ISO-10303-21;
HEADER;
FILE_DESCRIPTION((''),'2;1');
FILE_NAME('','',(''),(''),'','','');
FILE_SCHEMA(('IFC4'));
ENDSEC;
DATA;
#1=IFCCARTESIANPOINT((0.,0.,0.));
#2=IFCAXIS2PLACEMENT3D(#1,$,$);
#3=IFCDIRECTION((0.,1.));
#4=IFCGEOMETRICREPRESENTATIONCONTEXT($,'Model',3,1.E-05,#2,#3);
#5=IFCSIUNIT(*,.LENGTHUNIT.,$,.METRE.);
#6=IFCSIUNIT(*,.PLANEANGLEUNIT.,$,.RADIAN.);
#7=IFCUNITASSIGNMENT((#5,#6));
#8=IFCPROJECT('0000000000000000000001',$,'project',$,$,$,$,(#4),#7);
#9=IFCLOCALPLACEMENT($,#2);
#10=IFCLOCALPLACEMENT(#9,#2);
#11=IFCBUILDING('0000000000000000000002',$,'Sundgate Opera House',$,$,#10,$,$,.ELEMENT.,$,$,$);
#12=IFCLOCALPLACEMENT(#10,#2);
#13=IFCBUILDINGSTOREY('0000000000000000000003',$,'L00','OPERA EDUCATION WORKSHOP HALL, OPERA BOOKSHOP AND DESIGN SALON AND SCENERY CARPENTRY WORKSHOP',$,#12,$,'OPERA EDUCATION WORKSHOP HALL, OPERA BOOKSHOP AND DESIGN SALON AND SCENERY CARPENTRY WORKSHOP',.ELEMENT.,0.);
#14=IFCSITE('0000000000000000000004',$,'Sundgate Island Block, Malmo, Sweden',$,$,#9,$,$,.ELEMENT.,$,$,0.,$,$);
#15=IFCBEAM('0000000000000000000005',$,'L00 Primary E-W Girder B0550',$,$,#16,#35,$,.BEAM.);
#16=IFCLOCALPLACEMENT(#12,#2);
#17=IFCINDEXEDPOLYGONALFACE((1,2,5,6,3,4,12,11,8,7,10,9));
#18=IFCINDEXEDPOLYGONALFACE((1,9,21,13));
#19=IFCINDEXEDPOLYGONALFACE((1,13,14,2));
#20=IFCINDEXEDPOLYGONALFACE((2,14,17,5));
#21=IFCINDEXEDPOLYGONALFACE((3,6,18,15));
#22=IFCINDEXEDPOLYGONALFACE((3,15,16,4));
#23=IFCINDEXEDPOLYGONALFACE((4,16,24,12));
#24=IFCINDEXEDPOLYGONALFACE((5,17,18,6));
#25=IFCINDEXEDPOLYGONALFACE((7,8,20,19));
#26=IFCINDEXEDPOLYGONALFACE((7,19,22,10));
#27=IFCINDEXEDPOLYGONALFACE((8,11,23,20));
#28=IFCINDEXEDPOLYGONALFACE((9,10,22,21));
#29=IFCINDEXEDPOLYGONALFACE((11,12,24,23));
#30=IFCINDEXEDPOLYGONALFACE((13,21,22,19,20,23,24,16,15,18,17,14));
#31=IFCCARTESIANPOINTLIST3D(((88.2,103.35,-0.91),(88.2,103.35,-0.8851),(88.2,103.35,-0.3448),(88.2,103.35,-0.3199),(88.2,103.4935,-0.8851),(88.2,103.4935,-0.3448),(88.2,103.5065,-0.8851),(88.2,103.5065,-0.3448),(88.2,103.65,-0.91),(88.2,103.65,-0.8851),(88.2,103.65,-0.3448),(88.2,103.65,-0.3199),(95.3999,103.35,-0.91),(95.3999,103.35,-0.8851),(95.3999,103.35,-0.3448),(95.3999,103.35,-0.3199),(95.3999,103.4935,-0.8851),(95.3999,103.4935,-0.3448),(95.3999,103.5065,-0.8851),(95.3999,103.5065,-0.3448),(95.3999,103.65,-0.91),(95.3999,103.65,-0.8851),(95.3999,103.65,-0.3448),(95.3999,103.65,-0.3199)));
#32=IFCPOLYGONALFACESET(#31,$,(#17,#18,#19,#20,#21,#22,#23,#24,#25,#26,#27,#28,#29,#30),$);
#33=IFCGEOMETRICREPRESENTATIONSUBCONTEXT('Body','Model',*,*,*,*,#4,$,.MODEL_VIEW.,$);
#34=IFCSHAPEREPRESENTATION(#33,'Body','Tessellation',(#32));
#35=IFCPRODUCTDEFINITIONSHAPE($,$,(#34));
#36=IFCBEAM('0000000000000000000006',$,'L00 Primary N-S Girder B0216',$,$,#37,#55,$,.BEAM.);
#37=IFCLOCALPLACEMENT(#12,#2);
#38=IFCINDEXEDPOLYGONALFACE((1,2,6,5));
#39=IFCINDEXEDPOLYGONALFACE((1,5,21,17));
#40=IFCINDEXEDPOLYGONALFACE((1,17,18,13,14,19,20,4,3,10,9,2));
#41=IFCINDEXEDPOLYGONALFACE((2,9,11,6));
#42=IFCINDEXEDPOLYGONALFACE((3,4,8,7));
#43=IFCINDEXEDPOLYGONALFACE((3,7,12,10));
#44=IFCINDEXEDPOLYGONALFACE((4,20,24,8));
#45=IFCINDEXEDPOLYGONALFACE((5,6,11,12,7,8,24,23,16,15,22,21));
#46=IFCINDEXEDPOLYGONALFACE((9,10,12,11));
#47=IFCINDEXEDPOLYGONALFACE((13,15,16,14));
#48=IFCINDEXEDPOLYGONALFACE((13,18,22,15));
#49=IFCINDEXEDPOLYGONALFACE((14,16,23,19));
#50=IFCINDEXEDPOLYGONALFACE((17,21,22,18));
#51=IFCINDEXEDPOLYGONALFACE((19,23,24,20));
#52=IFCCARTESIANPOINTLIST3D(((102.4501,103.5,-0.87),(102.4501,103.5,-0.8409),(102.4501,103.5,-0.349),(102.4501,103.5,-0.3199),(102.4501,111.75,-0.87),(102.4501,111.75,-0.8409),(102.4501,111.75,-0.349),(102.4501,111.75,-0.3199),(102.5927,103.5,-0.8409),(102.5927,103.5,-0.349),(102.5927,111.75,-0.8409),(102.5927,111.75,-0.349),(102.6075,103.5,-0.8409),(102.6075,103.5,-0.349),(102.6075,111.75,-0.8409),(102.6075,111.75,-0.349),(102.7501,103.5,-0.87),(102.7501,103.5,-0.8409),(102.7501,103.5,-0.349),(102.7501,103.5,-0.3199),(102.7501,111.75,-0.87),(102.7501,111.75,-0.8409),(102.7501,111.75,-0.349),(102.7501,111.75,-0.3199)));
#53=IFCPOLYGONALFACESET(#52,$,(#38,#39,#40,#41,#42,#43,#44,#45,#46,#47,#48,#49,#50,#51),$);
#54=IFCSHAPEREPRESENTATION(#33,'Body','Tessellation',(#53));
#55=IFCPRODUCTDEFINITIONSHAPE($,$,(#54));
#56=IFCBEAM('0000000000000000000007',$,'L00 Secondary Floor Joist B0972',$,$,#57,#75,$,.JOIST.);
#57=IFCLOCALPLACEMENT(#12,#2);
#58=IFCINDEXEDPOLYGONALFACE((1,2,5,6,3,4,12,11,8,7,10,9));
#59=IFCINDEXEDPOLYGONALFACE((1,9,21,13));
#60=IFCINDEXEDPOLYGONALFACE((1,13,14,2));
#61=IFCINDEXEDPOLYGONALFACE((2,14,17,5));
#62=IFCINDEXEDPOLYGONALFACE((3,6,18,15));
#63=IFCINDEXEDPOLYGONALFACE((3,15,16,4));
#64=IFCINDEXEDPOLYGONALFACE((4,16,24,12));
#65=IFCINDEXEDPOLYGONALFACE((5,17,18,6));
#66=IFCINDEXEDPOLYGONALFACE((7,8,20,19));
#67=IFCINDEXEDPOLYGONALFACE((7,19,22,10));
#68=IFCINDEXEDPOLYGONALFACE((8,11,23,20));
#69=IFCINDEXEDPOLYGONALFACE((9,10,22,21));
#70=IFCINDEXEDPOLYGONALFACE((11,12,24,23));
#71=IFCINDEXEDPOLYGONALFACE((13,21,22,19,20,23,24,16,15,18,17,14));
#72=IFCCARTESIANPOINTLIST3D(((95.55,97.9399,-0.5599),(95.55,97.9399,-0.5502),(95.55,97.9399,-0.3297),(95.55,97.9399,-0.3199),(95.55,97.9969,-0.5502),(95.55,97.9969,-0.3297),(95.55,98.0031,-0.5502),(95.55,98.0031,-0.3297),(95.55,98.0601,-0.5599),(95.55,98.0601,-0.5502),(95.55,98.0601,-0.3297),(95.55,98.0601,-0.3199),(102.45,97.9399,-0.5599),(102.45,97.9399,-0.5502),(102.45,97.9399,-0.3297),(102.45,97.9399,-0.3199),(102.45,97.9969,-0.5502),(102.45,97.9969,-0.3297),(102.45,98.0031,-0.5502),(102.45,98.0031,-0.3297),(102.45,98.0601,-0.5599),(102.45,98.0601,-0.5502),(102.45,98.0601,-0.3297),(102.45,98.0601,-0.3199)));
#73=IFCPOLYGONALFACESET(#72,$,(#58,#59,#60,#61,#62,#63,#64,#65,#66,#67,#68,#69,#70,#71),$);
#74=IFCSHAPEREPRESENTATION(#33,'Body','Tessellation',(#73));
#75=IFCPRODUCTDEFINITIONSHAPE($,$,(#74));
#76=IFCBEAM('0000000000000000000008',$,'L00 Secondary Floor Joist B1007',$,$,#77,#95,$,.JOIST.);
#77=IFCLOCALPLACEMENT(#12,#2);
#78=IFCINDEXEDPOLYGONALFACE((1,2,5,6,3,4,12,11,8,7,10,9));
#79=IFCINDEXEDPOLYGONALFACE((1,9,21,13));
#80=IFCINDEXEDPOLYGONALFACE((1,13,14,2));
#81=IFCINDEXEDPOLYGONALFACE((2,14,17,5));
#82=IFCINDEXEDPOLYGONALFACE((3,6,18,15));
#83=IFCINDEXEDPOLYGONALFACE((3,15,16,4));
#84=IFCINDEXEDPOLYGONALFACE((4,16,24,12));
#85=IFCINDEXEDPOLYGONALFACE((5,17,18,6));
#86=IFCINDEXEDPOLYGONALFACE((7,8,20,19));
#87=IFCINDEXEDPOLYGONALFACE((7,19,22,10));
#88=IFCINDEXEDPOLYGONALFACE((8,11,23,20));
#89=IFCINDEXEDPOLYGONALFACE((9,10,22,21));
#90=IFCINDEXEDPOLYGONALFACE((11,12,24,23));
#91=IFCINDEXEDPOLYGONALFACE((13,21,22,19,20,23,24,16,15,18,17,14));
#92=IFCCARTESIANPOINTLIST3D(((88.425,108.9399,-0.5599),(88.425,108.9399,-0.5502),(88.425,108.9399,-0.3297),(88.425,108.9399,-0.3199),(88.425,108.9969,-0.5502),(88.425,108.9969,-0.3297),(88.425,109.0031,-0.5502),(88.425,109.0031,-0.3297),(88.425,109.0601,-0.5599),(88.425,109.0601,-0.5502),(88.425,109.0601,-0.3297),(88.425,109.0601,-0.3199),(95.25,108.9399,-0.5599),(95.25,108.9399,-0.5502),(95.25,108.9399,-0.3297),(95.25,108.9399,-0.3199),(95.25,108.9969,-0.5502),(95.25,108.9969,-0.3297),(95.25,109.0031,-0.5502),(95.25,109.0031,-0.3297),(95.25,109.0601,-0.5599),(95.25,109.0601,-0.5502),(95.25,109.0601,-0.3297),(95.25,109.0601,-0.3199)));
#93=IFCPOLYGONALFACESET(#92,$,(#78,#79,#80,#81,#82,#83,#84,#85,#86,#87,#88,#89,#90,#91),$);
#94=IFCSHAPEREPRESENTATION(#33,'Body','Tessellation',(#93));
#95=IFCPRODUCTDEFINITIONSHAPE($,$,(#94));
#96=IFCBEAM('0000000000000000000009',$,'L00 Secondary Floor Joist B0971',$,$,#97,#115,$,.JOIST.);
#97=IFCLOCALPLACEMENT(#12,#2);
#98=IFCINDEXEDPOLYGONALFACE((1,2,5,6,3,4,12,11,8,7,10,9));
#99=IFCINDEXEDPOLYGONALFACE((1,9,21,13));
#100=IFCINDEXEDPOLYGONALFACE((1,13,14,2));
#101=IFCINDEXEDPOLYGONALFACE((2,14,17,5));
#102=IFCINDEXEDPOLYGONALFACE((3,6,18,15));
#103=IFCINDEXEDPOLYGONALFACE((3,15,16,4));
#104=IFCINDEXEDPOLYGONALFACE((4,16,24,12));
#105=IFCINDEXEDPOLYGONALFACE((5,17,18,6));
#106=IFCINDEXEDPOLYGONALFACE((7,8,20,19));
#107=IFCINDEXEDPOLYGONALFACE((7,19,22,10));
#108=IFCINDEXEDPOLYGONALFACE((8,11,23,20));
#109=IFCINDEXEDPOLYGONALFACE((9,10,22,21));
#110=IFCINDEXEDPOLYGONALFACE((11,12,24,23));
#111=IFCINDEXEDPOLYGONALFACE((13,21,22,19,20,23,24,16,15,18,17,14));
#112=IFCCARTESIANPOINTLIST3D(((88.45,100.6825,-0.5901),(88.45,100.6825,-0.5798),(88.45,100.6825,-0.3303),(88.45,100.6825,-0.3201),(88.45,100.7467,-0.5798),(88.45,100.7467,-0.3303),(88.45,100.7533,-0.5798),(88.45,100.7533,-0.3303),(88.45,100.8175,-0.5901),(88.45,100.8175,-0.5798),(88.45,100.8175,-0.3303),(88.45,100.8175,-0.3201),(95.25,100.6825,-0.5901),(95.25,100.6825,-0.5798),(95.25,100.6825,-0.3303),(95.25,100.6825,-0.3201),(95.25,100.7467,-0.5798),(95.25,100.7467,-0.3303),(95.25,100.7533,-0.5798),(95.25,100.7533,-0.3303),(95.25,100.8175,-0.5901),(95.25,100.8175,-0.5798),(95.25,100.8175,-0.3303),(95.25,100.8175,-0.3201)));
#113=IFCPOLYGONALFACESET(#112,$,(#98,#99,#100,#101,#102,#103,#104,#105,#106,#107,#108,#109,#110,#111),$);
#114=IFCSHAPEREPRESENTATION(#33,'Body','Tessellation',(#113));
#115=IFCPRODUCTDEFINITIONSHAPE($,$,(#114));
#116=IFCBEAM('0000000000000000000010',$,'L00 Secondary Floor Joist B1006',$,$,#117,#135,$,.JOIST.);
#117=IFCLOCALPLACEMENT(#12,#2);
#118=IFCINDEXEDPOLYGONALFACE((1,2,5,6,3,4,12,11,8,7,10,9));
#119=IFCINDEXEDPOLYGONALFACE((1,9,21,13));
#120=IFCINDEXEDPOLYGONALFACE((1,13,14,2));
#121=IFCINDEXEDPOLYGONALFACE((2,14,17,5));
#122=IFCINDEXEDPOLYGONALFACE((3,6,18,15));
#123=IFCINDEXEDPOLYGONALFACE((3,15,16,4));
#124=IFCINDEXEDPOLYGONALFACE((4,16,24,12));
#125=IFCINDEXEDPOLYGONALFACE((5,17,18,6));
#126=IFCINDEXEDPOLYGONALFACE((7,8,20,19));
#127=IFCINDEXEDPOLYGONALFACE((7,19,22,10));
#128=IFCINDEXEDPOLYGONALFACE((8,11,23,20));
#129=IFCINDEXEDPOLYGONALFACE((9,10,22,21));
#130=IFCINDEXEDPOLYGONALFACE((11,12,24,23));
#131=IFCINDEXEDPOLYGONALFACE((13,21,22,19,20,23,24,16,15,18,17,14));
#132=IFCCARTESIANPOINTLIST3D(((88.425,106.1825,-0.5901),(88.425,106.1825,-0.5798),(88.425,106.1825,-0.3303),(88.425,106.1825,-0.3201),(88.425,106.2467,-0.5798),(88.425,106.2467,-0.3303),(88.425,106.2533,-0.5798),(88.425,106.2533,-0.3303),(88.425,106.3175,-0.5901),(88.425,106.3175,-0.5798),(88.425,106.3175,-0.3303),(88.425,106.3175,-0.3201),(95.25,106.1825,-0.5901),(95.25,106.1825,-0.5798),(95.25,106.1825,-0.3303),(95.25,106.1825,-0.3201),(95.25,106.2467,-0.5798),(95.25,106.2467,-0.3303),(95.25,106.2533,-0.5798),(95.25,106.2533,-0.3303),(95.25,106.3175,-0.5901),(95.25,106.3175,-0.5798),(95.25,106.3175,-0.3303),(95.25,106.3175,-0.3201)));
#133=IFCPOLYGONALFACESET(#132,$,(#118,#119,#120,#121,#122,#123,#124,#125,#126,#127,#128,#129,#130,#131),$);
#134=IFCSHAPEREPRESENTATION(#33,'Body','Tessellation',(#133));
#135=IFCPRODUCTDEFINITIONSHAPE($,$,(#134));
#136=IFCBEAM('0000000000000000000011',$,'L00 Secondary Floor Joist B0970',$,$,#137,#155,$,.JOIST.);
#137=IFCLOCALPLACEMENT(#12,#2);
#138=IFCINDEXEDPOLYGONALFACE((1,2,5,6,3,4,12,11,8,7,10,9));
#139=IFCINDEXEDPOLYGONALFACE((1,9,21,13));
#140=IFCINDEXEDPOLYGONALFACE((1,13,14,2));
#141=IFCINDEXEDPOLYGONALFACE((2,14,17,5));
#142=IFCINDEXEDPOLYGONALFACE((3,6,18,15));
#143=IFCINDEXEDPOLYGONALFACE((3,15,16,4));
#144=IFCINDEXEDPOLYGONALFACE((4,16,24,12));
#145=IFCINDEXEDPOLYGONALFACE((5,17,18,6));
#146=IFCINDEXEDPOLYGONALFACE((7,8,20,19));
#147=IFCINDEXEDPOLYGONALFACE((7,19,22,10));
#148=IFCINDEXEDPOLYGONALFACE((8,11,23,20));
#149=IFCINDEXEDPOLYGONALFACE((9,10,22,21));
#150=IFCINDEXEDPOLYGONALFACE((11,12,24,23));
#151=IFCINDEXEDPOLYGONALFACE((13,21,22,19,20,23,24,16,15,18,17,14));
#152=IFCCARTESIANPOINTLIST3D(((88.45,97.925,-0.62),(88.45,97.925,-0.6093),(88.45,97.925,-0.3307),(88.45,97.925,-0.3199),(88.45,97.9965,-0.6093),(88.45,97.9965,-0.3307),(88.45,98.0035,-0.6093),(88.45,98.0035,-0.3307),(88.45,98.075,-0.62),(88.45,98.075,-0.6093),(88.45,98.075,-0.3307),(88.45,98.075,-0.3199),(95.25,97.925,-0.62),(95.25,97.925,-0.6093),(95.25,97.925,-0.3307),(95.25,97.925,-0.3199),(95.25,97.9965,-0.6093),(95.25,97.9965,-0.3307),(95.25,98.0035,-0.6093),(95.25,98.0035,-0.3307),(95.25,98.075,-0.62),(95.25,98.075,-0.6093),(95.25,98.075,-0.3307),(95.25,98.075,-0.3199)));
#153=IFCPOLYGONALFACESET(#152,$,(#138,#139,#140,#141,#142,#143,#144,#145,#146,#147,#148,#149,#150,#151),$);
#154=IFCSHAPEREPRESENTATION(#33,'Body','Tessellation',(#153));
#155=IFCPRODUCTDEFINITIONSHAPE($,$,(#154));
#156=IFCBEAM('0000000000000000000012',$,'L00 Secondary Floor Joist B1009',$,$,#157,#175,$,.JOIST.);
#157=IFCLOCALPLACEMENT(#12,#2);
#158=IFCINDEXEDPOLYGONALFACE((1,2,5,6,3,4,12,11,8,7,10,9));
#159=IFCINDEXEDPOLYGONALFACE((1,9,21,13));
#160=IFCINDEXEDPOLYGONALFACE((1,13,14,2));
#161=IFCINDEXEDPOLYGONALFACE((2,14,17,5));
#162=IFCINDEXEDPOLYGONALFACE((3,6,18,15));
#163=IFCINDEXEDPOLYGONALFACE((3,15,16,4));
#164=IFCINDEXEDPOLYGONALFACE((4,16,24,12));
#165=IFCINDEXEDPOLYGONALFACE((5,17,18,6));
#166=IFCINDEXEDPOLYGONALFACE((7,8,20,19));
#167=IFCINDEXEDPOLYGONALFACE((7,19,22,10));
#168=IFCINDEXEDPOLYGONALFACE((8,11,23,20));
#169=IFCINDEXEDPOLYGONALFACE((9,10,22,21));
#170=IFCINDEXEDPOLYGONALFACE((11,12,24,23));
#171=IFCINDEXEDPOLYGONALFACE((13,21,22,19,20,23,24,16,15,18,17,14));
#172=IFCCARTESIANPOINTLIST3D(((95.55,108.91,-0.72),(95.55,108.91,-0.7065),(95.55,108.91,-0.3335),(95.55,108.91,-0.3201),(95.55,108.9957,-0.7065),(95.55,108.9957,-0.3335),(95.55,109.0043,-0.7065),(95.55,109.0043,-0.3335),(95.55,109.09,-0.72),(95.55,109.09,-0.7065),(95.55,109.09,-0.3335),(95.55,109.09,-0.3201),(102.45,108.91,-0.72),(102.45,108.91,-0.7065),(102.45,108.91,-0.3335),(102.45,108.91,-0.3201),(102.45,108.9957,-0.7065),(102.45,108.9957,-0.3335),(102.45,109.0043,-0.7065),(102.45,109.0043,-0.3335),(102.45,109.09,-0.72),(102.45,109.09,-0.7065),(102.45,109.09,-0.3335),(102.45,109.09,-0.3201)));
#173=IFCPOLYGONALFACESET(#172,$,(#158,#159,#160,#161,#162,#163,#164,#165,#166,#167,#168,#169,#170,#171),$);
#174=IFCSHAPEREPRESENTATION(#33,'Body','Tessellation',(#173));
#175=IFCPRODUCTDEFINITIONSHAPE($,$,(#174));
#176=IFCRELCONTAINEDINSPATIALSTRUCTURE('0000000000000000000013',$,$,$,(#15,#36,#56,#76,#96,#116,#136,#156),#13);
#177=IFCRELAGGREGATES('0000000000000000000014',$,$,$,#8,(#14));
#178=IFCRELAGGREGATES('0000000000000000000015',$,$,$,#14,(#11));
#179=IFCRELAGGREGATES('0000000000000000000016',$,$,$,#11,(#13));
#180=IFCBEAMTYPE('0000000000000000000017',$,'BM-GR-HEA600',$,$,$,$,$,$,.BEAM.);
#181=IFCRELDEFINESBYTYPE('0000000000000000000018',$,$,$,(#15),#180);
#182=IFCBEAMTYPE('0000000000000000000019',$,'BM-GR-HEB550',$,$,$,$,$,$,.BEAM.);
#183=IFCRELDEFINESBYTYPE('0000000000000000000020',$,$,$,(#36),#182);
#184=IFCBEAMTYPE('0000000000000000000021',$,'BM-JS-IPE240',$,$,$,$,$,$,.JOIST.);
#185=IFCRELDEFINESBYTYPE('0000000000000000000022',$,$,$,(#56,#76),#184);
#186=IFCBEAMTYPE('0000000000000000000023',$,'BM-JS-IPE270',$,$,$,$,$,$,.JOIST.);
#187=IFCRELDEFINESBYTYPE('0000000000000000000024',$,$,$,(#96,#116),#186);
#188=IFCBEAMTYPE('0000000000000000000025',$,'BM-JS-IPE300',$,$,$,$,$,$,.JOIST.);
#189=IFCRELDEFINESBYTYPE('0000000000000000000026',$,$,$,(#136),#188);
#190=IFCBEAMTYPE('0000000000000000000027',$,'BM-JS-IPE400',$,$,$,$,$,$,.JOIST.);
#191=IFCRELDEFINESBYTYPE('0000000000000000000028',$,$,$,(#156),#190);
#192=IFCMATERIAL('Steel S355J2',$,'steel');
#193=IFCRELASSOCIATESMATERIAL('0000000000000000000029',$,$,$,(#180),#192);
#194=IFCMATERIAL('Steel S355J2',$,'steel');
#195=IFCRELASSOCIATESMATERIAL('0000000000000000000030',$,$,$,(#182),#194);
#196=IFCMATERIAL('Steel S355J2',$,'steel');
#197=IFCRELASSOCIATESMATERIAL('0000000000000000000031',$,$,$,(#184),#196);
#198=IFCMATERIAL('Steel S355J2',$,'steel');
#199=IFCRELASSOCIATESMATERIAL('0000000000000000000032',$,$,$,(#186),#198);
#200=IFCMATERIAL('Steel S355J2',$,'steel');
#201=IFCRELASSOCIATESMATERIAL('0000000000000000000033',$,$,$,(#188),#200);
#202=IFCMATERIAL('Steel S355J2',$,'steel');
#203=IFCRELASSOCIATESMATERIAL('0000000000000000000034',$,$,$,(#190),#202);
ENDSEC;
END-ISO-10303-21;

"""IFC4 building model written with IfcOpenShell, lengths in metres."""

from ifc_helpers import new_model, si_unit, direction, frame, origin, origin_2d, place, context, subcontext, project, spatial, i_section, extrude, material, material_profile, profile_set, type_object, element, save


model = new_model("IFC4")

# Units and contexts
model_context = context("Model", 3, precision=1e-05, world=origin(), true_north=direction((0.0, 1.0)))
body_context = subcontext(model_context, "Body", "Model", "MODEL_VIEW")
ifc_project = project(units=[si_unit("LENGTHUNIT", "METRE"), si_unit("PLANEANGLEUNIT", "RADIAN")], contexts=[model_context])

# Site, building, storey
site_placement = place(None, origin())
site = spatial("IfcSite", under=ifc_project, at=site_placement, Name="Sundgate Island Block, Malmo, Sweden", CompositionType="ELEMENT", RefElevation=0.0)
building_placement = place(site_placement, origin())
building = spatial("IfcBuilding", under=site, at=building_placement, Name="Sundgate Opera House", CompositionType="ELEMENT")
storey_placement = place(building_placement, origin())
storey = spatial("IfcBuildingStorey", under=building, at=storey_placement, Name="L00", Description="OPERA EDUCATION WORKSHOP HALL, OPERA BOOKSHOP AND DESIGN SALON AND SCENERY CARPENTRY WORKSHOP", LongName="OPERA EDUCATION WORKSHOP HALL, OPERA BOOKSHOP AND DESIGN SALON AND SCENERY CARPENTRY WORKSHOP", CompositionType="ELEMENT", Elevation=0.0)

# Beams
ifc_material_1 = material(Name="Steel S355J2", Category="steel")
ifc_material_profile_1 = material_profile(ifc_material_1, i_section(OverallWidth=0.3, OverallDepth=0.5901, WebThickness=0.0129, FlangeThickness=0.0249, at=origin_2d()), Name="HEA 600")
ifc_profile_set_1 = profile_set([ifc_material_profile_1], Name="Steel S355J2")
beam_type_1 = type_object("IfcBeamType", Name="BM-GR-HEA600", PredefinedType="BEAM", material=ifc_profile_set_1)
beam_1_placement = place(storey_placement, frame((88.2, 103.5, -0.615), z_axis=(1.0, 0.0, 0.0), x_axis=(0.0, 1.0, 0.0)))
element("IfcBeam", 1, at=beam_1_placement, inside=storey, type_object=beam_type_1, Name="L00 Primary E-W Girder B0550", PredefinedType="BEAM", context=body_context, shape_type="SweptSolid", body=[
    extrude(i_section(OverallWidth=0.3, OverallDepth=0.5901, WebThickness=0.0129, FlangeThickness=0.0249, at=origin_2d()), origin(), (0.0, 0.0, 1.0), 7.2),
])
ifc_material_2 = material(Name="Steel S355J2", Category="steel")
ifc_material_profile_2 = material_profile(ifc_material_2, i_section(OverallWidth=0.3, OverallDepth=0.55, WebThickness=0.0149, FlangeThickness=0.0291, at=origin_2d()), Name="HEB 550")
ifc_profile_set_2 = profile_set([ifc_material_profile_2], Name="Steel S355J2")
beam_type_2 = type_object("IfcBeamType", Name="BM-GR-HEB550", PredefinedType="BEAM", material=ifc_profile_set_2)
beam_2_placement = place(storey_placement, frame((102.6001, 103.5, -0.595), z_axis=(0.0, 1.0, 0.0), x_axis=(-1.0, 0.0, 0.0)))
element("IfcBeam", 2, at=beam_2_placement, inside=storey, type_object=beam_type_2, Name="L00 Primary N-S Girder B0216", PredefinedType="BEAM", context=body_context, shape_type="SweptSolid", body=[
    extrude(i_section(OverallWidth=0.3, OverallDepth=0.55, WebThickness=0.0149, FlangeThickness=0.0291, at=origin_2d()), origin(), (0.0, 0.0, 1.0), 8.25),
])
ifc_material_3 = material(Name="Steel S355J2", Category="steel")
ifc_material_profile_3 = material_profile(ifc_material_3, i_section(OverallWidth=0.1201, OverallDepth=0.24, WebThickness=0.0061, FlangeThickness=0.0098, at=origin_2d()), Name="IPE 240")
ifc_profile_set_3 = profile_set([ifc_material_profile_3], Name="Steel S355J2")
beam_type_3 = type_object("IfcBeamType", Name="BM-JS-IPE240", PredefinedType="JOIST", material=ifc_profile_set_3)
beam_3_placement = place(storey_placement, frame((95.55, 98.0, -0.4399), z_axis=(1.0, 0.0, 0.0), x_axis=(0.0, 1.0, 0.0)))
element("IfcBeam", 3, at=beam_3_placement, inside=storey, type_object=beam_type_3, Name="L00 Secondary Floor Joist B0972", PredefinedType="JOIST", context=body_context, shape_type="SweptSolid", body=[
    extrude(i_section(OverallWidth=0.1201, OverallDepth=0.24, WebThickness=0.0061, FlangeThickness=0.0098, at=origin_2d()), origin(), (0.0, 0.0, 1.0), 6.8999),
])
beam_4_placement = place(storey_placement, frame((88.425, 109.0, -0.4399), z_axis=(1.0, 0.0, 0.0), x_axis=(0.0, 1.0, 0.0)))
element("IfcBeam", 4, at=beam_4_placement, inside=storey, type_object=beam_type_3, Name="L00 Secondary Floor Joist B1007", PredefinedType="JOIST", context=body_context, shape_type="SweptSolid", body=[
    extrude(i_section(OverallWidth=0.1201, OverallDepth=0.24, WebThickness=0.0061, FlangeThickness=0.0098, at=origin_2d()), origin(), (0.0, 0.0, 1.0), 6.825),
])
ifc_material_4 = material(Name="Steel S355J2", Category="steel")
ifc_material_profile_4 = material_profile(ifc_material_4, i_section(OverallWidth=0.135, OverallDepth=0.27, WebThickness=0.0066, FlangeThickness=0.0103, at=origin_2d()), Name="IPE 270")
ifc_profile_set_4 = profile_set([ifc_material_profile_4], Name="Steel S355J2")
beam_type_4 = type_object("IfcBeamType", Name="BM-JS-IPE270", PredefinedType="JOIST", material=ifc_profile_set_4)
beam_5_placement = place(storey_placement, frame((88.45, 100.75, -0.4551), z_axis=(1.0, 0.0, 0.0), x_axis=(0.0, 1.0, 0.0)))
element("IfcBeam", 5, at=beam_5_placement, inside=storey, type_object=beam_type_4, Name="L00 Secondary Floor Joist B0971", PredefinedType="JOIST", context=body_context, shape_type="SweptSolid", body=[
    extrude(i_section(OverallWidth=0.135, OverallDepth=0.27, WebThickness=0.0066, FlangeThickness=0.0103, at=origin_2d()), origin(), (0.0, 0.0, 1.0), 6.8),
])
beam_6_placement = place(storey_placement, frame((88.425, 106.25, -0.4551), z_axis=(1.0, 0.0, 0.0), x_axis=(0.0, 1.0, 0.0)))
element("IfcBeam", 6, at=beam_6_placement, inside=storey, type_object=beam_type_4, Name="L00 Secondary Floor Joist B1006", PredefinedType="JOIST", context=body_context, shape_type="SweptSolid", body=[
    extrude(i_section(OverallWidth=0.135, OverallDepth=0.27, WebThickness=0.0066, FlangeThickness=0.0103, at=origin_2d()), origin(), (0.0, 0.0, 1.0), 6.825),
])
ifc_material_5 = material(Name="Steel S355J2", Category="steel")
ifc_material_profile_5 = material_profile(ifc_material_5, i_section(OverallWidth=0.1499, OverallDepth=0.3, WebThickness=0.0071, FlangeThickness=0.0107, at=origin_2d()), Name="IPE 300")
ifc_profile_set_5 = profile_set([ifc_material_profile_5], Name="Steel S355J2")
beam_type_5 = type_object("IfcBeamType", Name="BM-JS-IPE300", PredefinedType="JOIST", material=ifc_profile_set_5)
beam_7_placement = place(storey_placement, frame((88.45, 98.0, -0.47), z_axis=(1.0, 0.0, 0.0), x_axis=(0.0, 1.0, 0.0)))
element("IfcBeam", 7, at=beam_7_placement, inside=storey, type_object=beam_type_5, Name="L00 Secondary Floor Joist B0970", PredefinedType="JOIST", context=body_context, shape_type="SweptSolid", body=[
    extrude(i_section(OverallWidth=0.1499, OverallDepth=0.3, WebThickness=0.0071, FlangeThickness=0.0107, at=origin_2d()), origin(), (0.0, 0.0, 1.0), 6.8),
])
ifc_material_6 = material(Name="Steel S355J2", Category="steel")
ifc_material_profile_6 = material_profile(ifc_material_6, i_section(OverallWidth=0.1799, OverallDepth=0.3999, WebThickness=0.0085, FlangeThickness=0.0134, at=origin_2d()), Name="IPE 400")
ifc_profile_set_6 = profile_set([ifc_material_profile_6], Name="Steel S355J2")
beam_type_6 = type_object("IfcBeamType", Name="BM-JS-IPE400", PredefinedType="JOIST", material=ifc_profile_set_6)
beam_8_placement = place(storey_placement, frame((95.55, 109.0, -0.52), z_axis=(1.0, 0.0, 0.0), x_axis=(0.0, 1.0, 0.0)))
element("IfcBeam", 8, at=beam_8_placement, inside=storey, type_object=beam_type_6, Name="L00 Secondary Floor Joist B1009", PredefinedType="JOIST", context=body_context, shape_type="SweptSolid", body=[
    extrude(i_section(OverallWidth=0.1799, OverallDepth=0.3999, WebThickness=0.0085, FlangeThickness=0.0134, at=origin_2d()), origin(), (0.0, 0.0, 1.0), 6.8999),
])

save(model, "model.ifc")
